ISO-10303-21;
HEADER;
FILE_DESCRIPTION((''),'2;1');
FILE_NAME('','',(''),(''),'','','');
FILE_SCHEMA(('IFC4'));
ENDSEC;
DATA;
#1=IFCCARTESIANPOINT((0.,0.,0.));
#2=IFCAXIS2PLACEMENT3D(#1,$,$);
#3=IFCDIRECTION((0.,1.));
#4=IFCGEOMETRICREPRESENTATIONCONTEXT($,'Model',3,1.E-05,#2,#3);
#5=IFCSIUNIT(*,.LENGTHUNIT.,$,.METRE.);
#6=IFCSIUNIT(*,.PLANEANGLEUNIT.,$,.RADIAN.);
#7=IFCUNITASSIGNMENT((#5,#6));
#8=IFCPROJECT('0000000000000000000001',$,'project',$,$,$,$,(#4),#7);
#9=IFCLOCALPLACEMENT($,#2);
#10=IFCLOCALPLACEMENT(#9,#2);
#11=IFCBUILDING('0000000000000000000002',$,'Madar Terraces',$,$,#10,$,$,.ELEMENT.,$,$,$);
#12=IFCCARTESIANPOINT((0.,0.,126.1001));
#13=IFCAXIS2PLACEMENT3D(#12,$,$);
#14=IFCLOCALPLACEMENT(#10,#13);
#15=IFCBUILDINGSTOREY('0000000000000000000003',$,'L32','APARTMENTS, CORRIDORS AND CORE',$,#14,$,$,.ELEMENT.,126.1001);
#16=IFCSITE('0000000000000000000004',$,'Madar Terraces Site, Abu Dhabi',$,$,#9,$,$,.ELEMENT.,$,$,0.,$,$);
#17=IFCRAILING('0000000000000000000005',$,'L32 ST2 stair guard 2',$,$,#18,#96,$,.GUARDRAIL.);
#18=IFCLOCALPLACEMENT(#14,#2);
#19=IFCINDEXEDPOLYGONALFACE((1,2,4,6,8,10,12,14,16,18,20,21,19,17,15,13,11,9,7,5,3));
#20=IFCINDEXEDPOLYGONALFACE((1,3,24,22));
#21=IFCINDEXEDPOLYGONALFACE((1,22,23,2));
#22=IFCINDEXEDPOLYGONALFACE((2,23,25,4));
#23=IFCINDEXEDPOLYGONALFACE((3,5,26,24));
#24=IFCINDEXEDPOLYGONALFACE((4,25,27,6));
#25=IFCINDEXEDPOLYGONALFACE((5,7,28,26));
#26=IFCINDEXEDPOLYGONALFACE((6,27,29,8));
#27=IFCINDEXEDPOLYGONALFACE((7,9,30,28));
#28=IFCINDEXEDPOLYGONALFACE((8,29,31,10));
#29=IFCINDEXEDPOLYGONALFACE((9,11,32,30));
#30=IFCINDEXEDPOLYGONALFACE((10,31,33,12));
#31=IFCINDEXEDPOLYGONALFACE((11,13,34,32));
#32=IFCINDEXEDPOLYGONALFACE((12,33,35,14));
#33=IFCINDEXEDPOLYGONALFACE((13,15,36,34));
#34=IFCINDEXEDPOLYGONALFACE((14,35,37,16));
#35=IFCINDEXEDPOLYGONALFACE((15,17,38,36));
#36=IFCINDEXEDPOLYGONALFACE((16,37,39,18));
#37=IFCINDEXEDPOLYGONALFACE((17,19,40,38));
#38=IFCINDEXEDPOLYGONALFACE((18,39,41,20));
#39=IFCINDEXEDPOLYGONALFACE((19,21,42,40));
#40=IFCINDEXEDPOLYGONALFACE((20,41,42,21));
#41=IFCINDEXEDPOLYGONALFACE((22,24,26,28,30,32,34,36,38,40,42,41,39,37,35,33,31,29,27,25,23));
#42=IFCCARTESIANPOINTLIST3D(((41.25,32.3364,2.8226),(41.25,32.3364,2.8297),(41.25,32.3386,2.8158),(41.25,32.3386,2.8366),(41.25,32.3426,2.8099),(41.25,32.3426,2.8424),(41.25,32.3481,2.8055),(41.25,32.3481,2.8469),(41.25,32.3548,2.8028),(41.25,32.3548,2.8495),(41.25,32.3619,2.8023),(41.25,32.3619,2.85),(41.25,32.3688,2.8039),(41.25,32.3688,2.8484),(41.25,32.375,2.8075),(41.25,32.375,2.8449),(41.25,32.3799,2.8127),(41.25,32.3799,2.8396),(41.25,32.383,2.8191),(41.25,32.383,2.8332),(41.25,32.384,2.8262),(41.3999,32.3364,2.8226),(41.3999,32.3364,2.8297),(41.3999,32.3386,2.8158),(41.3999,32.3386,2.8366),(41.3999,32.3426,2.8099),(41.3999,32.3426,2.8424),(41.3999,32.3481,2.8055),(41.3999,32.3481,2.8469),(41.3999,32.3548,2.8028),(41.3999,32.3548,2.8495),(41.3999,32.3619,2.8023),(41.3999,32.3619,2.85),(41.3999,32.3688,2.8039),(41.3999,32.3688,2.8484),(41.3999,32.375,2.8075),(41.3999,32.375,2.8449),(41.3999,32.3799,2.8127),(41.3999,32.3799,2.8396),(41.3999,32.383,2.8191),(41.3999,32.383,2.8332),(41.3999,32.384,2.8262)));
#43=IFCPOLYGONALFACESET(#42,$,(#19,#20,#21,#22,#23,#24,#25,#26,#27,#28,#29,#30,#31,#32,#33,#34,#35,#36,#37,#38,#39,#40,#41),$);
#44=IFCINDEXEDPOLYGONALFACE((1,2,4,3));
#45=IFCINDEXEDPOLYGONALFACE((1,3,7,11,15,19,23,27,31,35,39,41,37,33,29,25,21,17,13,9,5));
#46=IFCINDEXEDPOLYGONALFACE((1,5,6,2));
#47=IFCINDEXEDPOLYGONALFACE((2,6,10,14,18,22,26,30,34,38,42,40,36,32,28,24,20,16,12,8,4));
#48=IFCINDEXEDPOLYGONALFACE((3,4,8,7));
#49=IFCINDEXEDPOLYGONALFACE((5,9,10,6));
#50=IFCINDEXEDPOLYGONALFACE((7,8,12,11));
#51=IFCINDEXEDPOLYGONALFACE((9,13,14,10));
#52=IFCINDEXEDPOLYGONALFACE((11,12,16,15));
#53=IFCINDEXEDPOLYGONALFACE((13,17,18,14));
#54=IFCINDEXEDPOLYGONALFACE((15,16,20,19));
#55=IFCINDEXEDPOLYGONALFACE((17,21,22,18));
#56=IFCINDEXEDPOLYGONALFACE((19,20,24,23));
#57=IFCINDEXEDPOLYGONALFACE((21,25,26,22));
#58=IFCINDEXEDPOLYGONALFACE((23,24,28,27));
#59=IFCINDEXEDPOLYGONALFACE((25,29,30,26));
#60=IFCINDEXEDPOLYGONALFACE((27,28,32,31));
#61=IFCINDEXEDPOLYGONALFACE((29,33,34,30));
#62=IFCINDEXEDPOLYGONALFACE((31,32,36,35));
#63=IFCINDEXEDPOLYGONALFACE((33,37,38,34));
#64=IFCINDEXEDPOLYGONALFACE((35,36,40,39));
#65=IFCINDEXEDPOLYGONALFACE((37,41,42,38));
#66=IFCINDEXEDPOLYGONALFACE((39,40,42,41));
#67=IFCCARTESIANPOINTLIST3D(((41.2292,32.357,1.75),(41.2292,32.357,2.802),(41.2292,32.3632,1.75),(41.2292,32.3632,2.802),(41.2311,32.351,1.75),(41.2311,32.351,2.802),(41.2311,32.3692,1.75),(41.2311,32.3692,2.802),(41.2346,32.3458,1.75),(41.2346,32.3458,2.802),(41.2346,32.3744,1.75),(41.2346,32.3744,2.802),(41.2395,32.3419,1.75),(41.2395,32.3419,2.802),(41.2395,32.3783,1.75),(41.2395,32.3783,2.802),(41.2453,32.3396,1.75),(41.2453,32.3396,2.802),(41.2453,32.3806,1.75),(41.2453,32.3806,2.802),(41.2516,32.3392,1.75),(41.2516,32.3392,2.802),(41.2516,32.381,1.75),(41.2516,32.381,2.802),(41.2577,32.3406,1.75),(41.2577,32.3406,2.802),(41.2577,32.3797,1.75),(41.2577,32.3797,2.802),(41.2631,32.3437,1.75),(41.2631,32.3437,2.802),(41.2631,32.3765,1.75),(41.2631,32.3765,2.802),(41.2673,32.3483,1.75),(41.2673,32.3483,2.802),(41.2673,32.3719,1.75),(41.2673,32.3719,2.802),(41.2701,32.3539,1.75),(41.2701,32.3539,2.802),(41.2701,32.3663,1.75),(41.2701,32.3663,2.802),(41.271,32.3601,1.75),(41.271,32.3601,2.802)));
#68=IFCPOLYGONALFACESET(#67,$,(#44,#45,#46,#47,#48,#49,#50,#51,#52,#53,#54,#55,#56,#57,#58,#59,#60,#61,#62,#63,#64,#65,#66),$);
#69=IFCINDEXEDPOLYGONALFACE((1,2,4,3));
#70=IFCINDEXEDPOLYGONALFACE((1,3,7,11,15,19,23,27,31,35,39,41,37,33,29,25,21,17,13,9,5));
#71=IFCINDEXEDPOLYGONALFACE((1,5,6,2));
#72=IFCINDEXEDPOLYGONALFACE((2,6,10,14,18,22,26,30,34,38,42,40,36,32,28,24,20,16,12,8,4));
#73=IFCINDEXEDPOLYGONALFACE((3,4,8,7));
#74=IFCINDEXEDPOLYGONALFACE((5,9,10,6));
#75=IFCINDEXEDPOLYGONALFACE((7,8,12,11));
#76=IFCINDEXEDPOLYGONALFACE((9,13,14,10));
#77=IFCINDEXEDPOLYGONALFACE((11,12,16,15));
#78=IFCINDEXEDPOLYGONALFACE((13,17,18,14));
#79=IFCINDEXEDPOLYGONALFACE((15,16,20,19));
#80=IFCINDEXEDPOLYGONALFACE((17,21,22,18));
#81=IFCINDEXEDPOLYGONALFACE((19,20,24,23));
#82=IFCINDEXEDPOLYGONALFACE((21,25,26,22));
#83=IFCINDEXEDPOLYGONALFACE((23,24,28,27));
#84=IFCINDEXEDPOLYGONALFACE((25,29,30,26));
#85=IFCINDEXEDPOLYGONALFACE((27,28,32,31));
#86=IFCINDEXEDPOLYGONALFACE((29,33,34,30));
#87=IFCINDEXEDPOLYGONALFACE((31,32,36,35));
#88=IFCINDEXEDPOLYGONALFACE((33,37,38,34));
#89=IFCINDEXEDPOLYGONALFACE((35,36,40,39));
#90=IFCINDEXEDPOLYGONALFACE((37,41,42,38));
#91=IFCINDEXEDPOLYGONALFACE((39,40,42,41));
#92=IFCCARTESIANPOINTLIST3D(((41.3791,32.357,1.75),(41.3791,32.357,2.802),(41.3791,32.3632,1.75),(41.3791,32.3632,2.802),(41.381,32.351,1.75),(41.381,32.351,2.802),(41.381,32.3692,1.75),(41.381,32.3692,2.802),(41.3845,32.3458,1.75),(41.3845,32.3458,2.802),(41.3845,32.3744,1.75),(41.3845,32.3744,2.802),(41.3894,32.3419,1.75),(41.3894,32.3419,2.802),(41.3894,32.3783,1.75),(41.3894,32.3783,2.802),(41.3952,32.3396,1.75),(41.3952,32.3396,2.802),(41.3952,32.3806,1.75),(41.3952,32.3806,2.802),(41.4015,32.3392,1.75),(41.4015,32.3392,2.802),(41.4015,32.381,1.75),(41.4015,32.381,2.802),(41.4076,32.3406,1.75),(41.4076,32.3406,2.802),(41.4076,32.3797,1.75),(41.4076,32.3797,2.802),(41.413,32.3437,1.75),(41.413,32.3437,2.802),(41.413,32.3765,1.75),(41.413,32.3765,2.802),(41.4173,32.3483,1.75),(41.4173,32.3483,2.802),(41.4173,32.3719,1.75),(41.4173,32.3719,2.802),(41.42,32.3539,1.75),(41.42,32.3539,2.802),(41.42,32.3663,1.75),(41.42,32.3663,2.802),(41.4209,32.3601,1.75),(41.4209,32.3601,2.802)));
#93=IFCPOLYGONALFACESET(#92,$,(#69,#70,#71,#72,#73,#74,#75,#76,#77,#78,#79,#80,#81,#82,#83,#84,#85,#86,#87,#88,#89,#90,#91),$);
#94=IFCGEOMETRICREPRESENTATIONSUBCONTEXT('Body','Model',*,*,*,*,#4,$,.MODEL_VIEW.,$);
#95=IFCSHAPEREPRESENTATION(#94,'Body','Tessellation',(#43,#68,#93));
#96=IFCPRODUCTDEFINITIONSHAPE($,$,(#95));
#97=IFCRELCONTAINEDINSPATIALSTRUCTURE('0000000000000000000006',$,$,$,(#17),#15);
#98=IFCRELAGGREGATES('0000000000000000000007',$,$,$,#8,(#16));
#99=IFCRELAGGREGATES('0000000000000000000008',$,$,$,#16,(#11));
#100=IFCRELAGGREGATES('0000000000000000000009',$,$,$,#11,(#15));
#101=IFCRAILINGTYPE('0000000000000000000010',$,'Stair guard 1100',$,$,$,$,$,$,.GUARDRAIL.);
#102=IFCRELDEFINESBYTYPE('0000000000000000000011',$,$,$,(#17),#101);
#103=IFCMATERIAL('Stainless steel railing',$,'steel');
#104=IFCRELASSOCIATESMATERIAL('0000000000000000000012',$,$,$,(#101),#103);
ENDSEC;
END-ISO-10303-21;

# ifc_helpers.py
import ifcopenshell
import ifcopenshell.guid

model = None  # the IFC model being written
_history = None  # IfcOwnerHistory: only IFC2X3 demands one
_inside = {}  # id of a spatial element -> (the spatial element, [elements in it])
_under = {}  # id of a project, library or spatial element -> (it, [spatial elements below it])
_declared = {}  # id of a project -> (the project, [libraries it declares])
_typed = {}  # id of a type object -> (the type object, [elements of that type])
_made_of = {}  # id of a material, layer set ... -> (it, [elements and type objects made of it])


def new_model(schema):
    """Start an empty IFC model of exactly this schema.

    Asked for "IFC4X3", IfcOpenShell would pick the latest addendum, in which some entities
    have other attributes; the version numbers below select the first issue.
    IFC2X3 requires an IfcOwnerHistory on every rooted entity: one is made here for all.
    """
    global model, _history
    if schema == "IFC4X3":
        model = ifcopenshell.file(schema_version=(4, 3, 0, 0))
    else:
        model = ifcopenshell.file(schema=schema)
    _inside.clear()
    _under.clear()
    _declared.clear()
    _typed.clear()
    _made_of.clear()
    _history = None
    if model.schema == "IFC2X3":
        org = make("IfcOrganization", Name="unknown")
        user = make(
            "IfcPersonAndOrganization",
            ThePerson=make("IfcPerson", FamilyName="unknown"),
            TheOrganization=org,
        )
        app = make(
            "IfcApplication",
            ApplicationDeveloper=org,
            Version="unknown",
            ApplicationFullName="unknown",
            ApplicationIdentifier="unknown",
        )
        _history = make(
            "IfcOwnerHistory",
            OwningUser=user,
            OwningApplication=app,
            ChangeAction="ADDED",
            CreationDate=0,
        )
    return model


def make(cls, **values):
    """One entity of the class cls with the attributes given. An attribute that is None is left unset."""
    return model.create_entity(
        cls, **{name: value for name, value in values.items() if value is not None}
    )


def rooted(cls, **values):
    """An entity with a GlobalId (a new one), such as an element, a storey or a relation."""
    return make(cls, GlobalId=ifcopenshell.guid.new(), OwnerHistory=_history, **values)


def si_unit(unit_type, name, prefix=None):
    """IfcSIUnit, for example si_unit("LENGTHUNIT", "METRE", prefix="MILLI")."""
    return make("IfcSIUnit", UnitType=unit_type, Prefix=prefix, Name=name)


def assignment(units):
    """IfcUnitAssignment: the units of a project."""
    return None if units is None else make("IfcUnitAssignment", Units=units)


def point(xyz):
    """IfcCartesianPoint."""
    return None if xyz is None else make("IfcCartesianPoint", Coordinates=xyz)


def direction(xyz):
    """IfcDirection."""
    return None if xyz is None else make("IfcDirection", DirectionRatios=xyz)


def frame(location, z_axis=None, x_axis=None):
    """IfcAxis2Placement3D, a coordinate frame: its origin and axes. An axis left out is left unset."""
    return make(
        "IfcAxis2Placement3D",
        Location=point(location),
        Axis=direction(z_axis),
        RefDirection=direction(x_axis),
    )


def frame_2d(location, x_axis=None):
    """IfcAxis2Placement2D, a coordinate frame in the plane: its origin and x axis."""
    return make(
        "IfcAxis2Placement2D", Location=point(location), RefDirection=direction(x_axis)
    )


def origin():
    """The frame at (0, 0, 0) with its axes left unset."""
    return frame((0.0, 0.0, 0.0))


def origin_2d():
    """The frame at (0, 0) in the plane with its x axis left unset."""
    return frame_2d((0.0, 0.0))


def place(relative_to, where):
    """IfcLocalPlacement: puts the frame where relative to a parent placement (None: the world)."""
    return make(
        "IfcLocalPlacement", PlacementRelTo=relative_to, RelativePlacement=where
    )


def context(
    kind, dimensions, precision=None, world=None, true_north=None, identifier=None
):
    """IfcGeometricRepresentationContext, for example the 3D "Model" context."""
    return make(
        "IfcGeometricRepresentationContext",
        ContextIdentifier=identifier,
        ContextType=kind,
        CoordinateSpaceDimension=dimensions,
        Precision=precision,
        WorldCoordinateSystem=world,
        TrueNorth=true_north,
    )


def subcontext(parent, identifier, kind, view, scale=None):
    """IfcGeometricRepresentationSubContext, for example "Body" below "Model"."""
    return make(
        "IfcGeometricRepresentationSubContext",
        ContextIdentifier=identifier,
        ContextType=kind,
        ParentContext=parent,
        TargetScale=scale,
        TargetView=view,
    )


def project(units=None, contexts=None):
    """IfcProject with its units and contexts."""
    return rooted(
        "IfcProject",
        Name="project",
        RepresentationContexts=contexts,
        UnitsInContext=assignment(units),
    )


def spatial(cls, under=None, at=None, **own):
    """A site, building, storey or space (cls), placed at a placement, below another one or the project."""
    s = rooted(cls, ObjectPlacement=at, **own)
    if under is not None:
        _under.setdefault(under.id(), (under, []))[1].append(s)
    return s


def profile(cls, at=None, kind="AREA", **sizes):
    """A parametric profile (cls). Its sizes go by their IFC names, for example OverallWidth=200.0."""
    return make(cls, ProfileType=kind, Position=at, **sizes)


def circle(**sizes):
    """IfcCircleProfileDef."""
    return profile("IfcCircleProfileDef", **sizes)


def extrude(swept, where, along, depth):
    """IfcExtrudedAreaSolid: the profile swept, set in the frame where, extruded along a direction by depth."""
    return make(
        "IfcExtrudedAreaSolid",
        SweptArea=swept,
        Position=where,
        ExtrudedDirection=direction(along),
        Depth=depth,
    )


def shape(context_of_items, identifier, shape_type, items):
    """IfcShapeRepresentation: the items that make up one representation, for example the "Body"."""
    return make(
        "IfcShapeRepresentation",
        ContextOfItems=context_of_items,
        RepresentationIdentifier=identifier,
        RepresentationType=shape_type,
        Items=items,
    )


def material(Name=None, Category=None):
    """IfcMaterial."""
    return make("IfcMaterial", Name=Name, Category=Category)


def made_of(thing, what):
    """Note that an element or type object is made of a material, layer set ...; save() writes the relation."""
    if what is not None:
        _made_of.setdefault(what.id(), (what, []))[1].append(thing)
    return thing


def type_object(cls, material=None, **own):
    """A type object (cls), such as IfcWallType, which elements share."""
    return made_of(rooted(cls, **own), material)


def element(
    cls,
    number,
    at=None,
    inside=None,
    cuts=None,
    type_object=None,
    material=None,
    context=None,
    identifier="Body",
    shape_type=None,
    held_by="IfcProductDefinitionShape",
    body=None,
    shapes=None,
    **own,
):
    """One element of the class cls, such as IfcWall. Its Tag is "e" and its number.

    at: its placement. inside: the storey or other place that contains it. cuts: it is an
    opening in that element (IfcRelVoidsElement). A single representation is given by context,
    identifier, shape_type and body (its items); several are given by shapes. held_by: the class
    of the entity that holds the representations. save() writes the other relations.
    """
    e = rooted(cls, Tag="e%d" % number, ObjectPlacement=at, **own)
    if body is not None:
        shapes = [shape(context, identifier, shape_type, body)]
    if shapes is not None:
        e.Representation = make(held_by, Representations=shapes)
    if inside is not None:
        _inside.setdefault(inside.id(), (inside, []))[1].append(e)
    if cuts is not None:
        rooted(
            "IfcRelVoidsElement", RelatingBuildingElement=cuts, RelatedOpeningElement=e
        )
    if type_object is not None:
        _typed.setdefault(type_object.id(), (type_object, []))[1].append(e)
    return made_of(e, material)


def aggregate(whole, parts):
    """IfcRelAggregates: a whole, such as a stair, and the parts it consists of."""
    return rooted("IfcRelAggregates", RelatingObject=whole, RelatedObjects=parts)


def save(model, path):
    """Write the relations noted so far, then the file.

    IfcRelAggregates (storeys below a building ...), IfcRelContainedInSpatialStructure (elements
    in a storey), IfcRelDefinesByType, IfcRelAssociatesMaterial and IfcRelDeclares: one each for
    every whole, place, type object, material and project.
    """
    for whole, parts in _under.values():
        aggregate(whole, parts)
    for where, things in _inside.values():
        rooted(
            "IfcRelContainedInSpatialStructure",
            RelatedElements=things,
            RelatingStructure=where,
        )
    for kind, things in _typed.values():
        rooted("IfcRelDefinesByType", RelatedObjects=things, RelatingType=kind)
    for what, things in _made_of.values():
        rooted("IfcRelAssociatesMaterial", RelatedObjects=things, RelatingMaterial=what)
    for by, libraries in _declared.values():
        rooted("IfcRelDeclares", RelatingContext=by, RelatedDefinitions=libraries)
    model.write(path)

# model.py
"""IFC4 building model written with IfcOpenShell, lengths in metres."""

from ifc_helpers import new_model, si_unit, direction, frame, origin, origin_2d, place, context, subcontext, project, spatial, circle, extrude, material, type_object, element, save


model = new_model("IFC4")

# Units and contexts
model_context = context("Model", 3, precision=1e-05, world=origin(), true_north=direction((0.0, 1.0)))
body_context = subcontext(model_context, "Body", "Model", "MODEL_VIEW")
ifc_project = project(units=[si_unit("LENGTHUNIT", "METRE"), si_unit("PLANEANGLEUNIT", "RADIAN")], contexts=[model_context])

# Site, building, storey
site_placement = place(None, origin())
site = spatial("IfcSite", under=ifc_project, at=site_placement, Name="Madar Terraces Site, Abu Dhabi", CompositionType="ELEMENT", RefElevation=0.0)
building_placement = place(site_placement, origin())
building = spatial("IfcBuilding", under=site, at=building_placement, Name="Madar Terraces", CompositionType="ELEMENT")
storey_placement = place(building_placement, frame((0.0, 0.0, 126.1001)))
storey = spatial("IfcBuildingStorey", under=building, at=storey_placement, Name="L32", Description="APARTMENTS, CORRIDORS AND CORE", CompositionType="ELEMENT", Elevation=126.1001)

# Railing
ifc_material_1 = material(Name="Stainless steel railing", Category="steel")
railing_type_1 = type_object("IfcRailingType", Name="Stair guard 1100", PredefinedType="GUARDRAIL", material=ifc_material_1)
railing_1_placement = place(storey_placement, frame((41.25, 32.3601, 1.75)))
element("IfcRailing", 1, at=railing_1_placement, inside=storey, type_object=railing_type_1, Name="L32 ST2 stair guard 2", PredefinedType="GUARDRAIL", context=body_context, shape_type="SweptSolid", body=[
    extrude(circle(Radius=0.0239, at=origin_2d()), frame((0.0, 0.0, 1.0762), z_axis=(1.0, 0.0, 0.0), x_axis=(0.0, 1.0, 0.0)), (0.0, 0.0, 1.0), 0.1499),
    extrude(circle(Radius=0.021, at=origin_2d()), origin(), (0.0, 0.0, 1.0), 1.052),
    extrude(circle(Radius=0.021, at=origin_2d()), frame((0.1499, 0.0, 0.0)), (0.0, 0.0, 1.0), 1.052),
])

save(model, "model.ifc")
